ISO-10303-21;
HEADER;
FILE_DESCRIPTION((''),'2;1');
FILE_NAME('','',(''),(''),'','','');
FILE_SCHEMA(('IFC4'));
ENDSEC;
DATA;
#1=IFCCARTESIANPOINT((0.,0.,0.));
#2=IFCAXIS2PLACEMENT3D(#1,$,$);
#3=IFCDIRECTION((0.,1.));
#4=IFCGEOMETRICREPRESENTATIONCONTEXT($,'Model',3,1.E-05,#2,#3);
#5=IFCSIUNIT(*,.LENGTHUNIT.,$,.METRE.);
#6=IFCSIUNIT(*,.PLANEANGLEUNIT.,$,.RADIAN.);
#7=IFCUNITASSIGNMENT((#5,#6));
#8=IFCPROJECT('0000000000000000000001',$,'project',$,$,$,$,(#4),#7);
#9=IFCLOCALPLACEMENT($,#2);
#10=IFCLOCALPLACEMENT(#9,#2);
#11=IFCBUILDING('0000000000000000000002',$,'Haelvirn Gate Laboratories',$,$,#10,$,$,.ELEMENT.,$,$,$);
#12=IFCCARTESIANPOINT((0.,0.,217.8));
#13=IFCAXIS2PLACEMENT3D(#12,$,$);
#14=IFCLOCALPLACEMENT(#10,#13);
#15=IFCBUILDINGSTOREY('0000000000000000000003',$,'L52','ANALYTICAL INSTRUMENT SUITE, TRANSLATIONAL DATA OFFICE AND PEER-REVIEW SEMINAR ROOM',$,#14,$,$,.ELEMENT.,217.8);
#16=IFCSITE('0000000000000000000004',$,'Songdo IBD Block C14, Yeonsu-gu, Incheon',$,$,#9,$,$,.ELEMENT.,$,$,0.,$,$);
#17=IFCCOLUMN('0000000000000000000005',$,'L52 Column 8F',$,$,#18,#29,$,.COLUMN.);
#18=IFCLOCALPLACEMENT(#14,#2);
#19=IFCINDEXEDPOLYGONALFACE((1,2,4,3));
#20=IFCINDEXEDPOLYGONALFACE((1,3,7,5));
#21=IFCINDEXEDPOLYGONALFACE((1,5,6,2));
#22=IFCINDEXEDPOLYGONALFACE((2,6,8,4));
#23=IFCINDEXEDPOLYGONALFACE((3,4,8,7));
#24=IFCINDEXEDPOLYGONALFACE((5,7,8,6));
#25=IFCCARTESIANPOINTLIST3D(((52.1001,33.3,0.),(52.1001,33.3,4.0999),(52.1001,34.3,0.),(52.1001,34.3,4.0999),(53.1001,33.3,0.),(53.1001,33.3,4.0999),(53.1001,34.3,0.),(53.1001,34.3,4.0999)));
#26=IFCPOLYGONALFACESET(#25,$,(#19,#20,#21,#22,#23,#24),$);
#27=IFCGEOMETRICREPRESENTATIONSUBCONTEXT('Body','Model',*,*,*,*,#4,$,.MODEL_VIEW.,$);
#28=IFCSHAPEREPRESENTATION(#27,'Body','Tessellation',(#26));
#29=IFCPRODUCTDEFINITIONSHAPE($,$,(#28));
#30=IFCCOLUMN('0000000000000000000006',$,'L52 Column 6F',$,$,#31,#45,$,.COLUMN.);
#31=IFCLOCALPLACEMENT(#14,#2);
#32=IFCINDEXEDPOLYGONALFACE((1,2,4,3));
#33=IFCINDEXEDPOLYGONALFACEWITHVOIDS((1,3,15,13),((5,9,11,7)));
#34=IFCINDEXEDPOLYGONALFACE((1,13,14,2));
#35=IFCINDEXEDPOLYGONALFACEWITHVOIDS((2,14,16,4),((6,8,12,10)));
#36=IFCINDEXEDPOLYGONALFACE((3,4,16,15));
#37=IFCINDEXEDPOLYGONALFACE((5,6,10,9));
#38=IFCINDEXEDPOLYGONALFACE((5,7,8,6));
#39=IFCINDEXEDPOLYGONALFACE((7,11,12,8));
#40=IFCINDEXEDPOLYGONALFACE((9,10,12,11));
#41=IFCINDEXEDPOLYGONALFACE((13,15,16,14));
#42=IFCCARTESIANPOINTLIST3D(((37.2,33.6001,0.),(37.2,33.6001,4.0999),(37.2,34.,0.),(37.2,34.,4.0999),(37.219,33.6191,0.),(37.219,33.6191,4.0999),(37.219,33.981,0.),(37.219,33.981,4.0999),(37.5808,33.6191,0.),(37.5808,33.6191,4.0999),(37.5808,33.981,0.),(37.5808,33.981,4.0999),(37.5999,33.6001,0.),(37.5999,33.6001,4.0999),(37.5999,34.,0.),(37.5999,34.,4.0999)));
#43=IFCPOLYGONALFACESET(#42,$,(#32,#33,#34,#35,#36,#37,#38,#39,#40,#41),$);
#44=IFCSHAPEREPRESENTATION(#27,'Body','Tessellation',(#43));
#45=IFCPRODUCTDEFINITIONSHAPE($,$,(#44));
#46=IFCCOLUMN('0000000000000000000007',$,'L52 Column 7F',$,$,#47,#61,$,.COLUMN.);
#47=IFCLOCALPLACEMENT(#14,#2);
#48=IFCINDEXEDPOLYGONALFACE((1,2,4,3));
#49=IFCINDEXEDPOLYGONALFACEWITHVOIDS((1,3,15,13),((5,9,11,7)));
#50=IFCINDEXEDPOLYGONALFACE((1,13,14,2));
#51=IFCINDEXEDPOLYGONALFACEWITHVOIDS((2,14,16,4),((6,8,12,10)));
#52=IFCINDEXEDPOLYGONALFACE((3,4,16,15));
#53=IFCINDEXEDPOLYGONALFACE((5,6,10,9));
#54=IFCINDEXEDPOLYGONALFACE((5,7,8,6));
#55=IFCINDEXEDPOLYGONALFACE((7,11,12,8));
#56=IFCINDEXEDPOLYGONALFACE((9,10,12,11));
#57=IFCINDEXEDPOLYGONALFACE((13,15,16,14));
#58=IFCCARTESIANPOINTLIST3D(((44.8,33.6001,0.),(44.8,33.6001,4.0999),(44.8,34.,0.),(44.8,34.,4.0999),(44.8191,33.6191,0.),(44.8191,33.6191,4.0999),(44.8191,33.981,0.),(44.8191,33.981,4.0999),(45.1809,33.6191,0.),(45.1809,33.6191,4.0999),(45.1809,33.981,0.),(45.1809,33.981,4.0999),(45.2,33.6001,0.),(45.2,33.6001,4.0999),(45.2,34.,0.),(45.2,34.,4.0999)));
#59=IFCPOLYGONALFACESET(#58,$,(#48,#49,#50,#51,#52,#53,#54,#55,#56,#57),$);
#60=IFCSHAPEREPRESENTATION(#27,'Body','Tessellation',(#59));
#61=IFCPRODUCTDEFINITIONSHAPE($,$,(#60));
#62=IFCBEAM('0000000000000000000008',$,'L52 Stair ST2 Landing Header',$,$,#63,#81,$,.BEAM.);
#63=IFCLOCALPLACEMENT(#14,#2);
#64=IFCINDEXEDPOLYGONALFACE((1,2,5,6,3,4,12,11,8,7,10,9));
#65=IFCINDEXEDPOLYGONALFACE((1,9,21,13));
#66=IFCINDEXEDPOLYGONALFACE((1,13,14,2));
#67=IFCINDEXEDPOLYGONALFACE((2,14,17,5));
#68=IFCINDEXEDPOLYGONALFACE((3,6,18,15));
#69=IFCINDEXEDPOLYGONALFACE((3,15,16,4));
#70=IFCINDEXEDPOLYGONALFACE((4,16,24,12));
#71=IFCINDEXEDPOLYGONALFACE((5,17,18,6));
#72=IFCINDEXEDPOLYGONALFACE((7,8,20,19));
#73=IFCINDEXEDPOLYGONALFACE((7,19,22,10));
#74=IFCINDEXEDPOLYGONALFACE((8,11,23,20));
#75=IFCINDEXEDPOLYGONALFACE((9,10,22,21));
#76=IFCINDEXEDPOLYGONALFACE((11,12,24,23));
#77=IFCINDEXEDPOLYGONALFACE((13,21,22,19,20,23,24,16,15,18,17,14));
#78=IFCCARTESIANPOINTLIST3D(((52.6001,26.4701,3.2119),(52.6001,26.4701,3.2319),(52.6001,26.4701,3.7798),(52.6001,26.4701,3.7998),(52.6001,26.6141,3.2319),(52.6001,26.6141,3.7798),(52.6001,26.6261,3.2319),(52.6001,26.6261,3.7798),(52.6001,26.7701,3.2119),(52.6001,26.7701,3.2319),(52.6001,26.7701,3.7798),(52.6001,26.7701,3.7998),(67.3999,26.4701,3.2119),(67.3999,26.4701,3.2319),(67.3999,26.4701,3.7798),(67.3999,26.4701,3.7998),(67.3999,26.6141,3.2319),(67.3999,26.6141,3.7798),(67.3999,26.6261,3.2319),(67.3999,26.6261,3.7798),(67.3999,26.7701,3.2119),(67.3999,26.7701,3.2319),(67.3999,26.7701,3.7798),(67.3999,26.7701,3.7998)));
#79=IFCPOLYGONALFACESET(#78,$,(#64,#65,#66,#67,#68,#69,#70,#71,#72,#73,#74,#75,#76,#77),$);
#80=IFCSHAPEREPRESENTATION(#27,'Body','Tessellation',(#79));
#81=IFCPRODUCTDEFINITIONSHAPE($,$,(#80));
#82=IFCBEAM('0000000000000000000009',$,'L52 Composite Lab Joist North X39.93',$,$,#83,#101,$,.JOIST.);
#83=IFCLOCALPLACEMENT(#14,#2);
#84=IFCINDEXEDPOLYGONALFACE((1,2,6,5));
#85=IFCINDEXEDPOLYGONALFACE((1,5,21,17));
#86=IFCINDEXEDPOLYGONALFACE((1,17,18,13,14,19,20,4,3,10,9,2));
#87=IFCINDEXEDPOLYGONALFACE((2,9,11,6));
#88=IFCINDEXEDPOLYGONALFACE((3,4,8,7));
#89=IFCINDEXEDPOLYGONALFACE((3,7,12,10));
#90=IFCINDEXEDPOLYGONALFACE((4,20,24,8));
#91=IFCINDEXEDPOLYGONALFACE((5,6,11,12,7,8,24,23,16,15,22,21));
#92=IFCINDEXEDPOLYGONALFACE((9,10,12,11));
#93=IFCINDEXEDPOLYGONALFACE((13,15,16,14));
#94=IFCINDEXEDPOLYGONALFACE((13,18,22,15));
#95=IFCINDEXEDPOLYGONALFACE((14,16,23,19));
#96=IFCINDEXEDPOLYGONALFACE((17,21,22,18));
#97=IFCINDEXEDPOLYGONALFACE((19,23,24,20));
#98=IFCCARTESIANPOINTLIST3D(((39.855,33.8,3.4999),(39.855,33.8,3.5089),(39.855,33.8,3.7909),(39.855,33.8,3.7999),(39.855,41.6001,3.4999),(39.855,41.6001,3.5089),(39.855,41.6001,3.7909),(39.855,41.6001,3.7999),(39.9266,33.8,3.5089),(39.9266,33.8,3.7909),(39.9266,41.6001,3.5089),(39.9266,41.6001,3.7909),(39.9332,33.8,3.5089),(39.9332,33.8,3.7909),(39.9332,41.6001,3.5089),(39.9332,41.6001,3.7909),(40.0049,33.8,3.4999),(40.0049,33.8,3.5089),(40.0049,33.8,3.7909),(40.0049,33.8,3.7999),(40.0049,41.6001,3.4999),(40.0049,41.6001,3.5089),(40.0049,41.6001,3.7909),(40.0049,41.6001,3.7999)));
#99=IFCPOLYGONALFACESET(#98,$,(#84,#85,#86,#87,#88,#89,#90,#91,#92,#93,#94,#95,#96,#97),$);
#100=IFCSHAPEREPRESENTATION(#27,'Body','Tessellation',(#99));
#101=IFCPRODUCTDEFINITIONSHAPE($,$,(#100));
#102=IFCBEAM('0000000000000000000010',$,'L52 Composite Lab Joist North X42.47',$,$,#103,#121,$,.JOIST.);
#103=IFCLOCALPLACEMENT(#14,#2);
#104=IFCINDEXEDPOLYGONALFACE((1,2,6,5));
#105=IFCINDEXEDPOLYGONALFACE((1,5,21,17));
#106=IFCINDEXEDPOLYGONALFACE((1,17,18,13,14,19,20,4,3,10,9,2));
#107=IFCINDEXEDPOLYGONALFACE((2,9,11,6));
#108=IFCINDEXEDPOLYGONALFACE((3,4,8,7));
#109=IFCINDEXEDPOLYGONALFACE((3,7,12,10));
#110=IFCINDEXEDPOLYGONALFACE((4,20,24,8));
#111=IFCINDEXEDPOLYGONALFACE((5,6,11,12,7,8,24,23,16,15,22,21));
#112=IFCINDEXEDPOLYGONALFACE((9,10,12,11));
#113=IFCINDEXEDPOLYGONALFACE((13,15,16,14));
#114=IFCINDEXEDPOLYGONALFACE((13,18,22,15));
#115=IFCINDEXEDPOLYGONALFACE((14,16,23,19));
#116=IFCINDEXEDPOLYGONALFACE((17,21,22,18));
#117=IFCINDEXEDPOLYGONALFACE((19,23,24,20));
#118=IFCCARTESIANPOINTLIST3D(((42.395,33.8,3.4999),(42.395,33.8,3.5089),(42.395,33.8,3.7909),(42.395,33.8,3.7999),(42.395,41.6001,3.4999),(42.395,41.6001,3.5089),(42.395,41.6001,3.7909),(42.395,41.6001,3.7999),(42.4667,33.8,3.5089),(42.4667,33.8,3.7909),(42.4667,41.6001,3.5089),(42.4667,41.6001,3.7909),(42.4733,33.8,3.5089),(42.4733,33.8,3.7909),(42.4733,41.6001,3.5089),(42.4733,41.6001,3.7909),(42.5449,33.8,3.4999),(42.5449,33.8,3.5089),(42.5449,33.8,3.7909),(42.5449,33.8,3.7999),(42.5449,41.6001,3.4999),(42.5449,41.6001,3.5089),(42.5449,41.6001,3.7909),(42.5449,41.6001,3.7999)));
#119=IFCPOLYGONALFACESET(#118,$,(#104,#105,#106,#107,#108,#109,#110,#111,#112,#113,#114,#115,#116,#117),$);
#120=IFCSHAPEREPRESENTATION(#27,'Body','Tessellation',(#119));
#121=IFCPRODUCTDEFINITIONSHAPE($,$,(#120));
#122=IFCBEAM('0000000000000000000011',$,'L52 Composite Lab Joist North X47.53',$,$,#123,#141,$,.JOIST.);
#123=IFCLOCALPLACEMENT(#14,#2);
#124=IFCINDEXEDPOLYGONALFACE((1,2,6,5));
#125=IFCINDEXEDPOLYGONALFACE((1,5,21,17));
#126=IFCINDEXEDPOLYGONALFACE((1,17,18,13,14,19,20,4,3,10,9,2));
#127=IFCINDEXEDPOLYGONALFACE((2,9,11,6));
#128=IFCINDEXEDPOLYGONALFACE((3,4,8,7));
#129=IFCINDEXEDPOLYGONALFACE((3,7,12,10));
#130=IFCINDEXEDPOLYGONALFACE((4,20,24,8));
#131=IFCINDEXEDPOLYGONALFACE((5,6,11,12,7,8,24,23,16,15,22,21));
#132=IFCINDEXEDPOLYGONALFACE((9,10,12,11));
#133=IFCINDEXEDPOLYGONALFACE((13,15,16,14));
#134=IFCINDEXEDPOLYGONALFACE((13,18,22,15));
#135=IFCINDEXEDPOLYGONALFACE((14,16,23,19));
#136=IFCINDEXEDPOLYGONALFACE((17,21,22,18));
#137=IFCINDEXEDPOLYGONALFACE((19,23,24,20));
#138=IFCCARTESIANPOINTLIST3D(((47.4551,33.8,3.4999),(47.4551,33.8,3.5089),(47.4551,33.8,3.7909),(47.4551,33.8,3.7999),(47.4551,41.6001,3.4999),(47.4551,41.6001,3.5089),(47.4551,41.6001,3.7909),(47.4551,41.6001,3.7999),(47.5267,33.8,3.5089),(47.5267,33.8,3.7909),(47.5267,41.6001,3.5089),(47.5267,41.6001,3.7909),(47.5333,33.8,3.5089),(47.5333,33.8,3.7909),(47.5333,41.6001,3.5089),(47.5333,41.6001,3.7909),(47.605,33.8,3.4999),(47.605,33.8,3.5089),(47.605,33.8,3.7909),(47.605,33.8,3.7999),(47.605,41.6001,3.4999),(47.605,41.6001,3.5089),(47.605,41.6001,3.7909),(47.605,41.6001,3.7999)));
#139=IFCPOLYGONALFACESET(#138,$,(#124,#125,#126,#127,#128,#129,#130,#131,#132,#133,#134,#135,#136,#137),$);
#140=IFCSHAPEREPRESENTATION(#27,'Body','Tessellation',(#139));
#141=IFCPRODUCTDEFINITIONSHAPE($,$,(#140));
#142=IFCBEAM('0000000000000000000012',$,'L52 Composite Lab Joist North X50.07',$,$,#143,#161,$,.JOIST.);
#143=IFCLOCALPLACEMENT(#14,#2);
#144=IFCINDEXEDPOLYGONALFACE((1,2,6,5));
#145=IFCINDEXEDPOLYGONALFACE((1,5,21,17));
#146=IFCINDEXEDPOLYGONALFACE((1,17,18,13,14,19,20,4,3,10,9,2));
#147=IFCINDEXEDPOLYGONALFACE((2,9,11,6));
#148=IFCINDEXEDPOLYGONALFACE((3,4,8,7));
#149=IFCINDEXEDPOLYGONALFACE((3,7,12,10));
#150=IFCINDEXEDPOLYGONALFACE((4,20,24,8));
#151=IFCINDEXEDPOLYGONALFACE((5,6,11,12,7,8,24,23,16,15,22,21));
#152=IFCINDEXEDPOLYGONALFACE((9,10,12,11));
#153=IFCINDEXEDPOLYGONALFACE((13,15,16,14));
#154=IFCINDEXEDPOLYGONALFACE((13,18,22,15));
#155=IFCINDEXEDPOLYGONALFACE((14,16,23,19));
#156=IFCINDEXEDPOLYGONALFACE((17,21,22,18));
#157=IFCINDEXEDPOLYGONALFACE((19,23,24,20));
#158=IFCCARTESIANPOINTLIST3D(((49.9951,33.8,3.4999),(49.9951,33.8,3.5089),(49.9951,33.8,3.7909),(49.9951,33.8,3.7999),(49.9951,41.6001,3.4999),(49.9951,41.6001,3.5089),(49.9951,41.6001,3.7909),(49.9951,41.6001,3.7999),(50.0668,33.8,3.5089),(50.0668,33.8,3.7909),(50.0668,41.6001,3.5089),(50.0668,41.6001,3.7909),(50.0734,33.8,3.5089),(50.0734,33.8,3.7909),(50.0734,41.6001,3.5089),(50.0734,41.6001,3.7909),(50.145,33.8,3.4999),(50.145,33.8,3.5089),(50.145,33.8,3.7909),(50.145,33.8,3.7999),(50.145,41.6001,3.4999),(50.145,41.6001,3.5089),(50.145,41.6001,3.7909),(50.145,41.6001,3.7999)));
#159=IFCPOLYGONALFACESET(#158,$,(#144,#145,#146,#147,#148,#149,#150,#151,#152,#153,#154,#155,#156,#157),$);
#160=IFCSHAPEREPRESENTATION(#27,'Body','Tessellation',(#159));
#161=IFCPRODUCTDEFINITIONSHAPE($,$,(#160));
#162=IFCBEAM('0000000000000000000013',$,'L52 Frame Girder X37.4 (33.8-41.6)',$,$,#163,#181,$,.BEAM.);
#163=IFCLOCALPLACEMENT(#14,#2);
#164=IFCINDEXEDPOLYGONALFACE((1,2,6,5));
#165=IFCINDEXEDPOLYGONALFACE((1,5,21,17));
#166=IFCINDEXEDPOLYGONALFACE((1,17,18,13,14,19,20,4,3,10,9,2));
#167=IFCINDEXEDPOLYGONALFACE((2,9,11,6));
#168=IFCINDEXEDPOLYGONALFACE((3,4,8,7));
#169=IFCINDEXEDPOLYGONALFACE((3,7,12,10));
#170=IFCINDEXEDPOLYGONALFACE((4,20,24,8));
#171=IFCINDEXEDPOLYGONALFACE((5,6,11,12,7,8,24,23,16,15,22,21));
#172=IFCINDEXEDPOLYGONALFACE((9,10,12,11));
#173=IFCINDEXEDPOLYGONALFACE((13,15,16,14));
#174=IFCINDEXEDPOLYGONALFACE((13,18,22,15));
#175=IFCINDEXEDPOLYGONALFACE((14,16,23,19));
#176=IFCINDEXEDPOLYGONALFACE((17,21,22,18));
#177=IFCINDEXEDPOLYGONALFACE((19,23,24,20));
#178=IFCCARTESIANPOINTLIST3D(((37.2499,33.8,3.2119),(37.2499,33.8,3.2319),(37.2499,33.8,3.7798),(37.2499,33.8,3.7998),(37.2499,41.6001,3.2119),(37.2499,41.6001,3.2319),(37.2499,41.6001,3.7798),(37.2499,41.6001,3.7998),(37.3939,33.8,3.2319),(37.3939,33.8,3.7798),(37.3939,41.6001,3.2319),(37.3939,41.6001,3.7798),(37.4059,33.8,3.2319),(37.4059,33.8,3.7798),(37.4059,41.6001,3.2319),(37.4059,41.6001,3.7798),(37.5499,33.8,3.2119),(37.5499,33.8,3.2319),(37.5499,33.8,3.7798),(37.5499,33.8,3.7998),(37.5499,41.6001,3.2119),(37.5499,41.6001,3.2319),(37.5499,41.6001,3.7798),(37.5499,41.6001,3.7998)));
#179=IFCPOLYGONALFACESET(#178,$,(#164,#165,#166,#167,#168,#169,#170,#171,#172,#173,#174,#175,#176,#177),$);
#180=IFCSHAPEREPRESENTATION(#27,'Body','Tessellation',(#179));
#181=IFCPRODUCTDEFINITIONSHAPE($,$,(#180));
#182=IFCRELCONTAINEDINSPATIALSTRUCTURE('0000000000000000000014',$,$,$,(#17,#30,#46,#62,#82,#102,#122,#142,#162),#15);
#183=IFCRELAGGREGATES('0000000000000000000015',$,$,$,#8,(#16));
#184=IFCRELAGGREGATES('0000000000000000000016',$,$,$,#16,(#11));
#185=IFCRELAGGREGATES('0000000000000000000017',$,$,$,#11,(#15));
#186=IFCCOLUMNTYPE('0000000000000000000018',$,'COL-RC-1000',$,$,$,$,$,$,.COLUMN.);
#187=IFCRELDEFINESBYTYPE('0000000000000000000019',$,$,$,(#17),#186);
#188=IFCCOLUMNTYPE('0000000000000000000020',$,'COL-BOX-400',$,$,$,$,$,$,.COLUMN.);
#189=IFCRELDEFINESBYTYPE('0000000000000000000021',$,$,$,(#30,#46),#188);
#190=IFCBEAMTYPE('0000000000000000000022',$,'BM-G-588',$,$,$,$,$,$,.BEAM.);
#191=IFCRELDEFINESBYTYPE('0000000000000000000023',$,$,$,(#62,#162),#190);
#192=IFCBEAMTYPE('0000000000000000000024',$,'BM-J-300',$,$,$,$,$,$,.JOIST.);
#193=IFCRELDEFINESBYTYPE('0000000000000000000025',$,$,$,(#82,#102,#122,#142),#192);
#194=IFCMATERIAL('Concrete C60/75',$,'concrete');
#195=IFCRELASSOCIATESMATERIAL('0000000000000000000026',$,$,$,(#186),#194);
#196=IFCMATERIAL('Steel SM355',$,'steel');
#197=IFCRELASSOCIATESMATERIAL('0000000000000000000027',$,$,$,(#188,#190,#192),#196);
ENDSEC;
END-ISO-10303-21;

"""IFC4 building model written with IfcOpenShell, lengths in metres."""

from ifc_helpers import new_model, si_unit, direction, frame, origin, origin_2d, place, context, subcontext, project, spatial, rectangle, hollow_rectangle, i_section, extrude, source, transform, mapped, material, material_profile, profile_set, type_object, type_shapes, element, save


model = new_model("IFC4")

# Units and contexts
model_context = context("Model", 3, precision=1e-05, world=origin(), true_north=direction((0.0, 1.0)))
body_context = subcontext(model_context, "Body", "Model", "MODEL_VIEW")
ifc_project = project(units=[si_unit("LENGTHUNIT", "METRE"), si_unit("PLANEANGLEUNIT", "RADIAN")], contexts=[model_context])

# Site, building, storey
site_placement = place(None, origin())
site = spatial("IfcSite", under=ifc_project, at=site_placement, Name="Songdo IBD Block C14, Yeonsu-gu, Incheon", CompositionType="ELEMENT", RefElevation=0.0)
building_placement = place(site_placement, origin())
building = spatial("IfcBuilding", under=site, at=building_placement, Name="Haelvirn Gate Laboratories", CompositionType="ELEMENT")
storey_placement = place(building_placement, frame((0.0, 0.0, 217.8)))
storey = spatial("IfcBuildingStorey", under=building, at=storey_placement, Name="L52", Description="ANALYTICAL INSTRUMENT SUITE, TRANSLATIONAL DATA OFFICE AND PEER-REVIEW SEMINAR ROOM", CompositionType="ELEMENT", Elevation=217.8)

# Columns
ifc_material_1 = material(Name="Concrete C60/75", Category="concrete")
ifc_material_profile_1 = material_profile(ifc_material_1, rectangle(XDim=1.0, YDim=1.0, at=origin_2d()), Name="RC-1000x1000")
ifc_profile_set_1 = profile_set([ifc_material_profile_1], Name="Concrete C60/75")
column_type_1 = type_object("IfcColumnType", Name="COL-RC-1000", PredefinedType="COLUMN", material=ifc_profile_set_1)
shared_shape_1 = source(origin(), body_context, "Body", "SweptSolid", [
    extrude(rectangle(XDim=1.0, YDim=1.0, at=origin_2d()), origin(), (0.0, 0.0, 1.0), 4.0999),
])
type_shapes(column_type_1, [shared_shape_1])
column_placement = place(storey_placement, frame((52.6001, 33.8, 0.0), z_axis=(0.0, 0.0, 1.0), x_axis=(1.0, 0.0, 0.0)))
element("IfcColumn", 1, at=column_placement, inside=storey, type_object=column_type_1, Name="L52 Column 8F", PredefinedType="COLUMN", context=body_context, shape_type="MappedRepresentation", body=[
    mapped(shared_shape_1, transform((0.0, 0.0, 0.0), scale=1.0)),
])
ifc_material_2 = material(Name="Steel SM355", Category="steel")
ifc_material_profile_2 = material_profile(ifc_material_2, hollow_rectangle(XDim=0.3999, YDim=0.3999, WallThickness=0.019, at=origin_2d()), Name="BOX-400x400x19")
ifc_profile_set_2 = profile_set([ifc_material_profile_2], Name="Steel SM355")
column_type_2 = type_object("IfcColumnType", Name="COL-BOX-400", PredefinedType="COLUMN", material=ifc_profile_set_2)
shared_shape_2 = source(origin(), body_context, "Body", "SweptSolid", [
    extrude(hollow_rectangle(XDim=0.3999, YDim=0.3999, WallThickness=0.019, at=origin_2d()), origin(), (0.0, 0.0, 1.0), 4.0999),
])
type_shapes(column_type_2, [shared_shape_2])
for number, where, z_axis, x_axis, name in (
    (2, (37.3999, 33.8, 0.0), (0.0, 0.0, 1.0), (1.0, 0.0, 0.0), "L52 Column 6F"),
    (3, (45.0, 33.8, 0.0), (0.0, 0.0, 1.0), (1.0, 0.0, 0.0), "L52 Column 7F"),
):
    element("IfcColumn", number, at=place(storey_placement, frame(where, z_axis=z_axis, x_axis=x_axis)), inside=storey, type_object=column_type_2, Name=name, PredefinedType="COLUMN", context=body_context, shape_type="MappedRepresentation", body=[
        mapped(shared_shape_2, transform((0.0, 0.0, 0.0), scale=1.0)),
    ])

# Beams
ifc_material_profile_3 = material_profile(ifc_material_2, i_section(OverallWidth=0.3, OverallDepth=0.5879, WebThickness=0.012, FlangeThickness=0.02, at=origin_2d()), Name="H-588x300x12x20")
ifc_profile_set_3 = profile_set([ifc_material_profile_3], Name="Steel SM355")
beam_type_1 = type_object("IfcBeamType", Name="BM-G-588", PredefinedType="BEAM", material=ifc_profile_set_3)
shared_shape_3 = source(origin(), body_context, "Body", "SweptSolid", [
    extrude(i_section(OverallWidth=0.3, OverallDepth=0.5879, WebThickness=0.012, FlangeThickness=0.02, at=origin_2d()), origin(), (0.0, 0.0, 1.0), 14.7998),
])
beam_1_placement = place(storey_placement, frame((52.6001, 26.6201, 3.5059), z_axis=(1.0, 0.0, 0.0), x_axis=(0.0, 1.0, 0.0)))
element("IfcBeam", 4, at=beam_1_placement, inside=storey, type_object=beam_type_1, Name="L52 Stair ST2 Landing Header", PredefinedType="BEAM", context=body_context, shape_type="MappedRepresentation", body=[
    mapped(shared_shape_3, transform((0.0, 0.0, 0.0), scale=1.0)),
])
ifc_material_profile_4 = material_profile(ifc_material_2, i_section(OverallWidth=0.1499, OverallDepth=0.3, WebThickness=0.0066, FlangeThickness=0.009, at=origin_2d()), Name="H-300x150x6.5x9")
ifc_profile_set_4 = profile_set([ifc_material_profile_4], Name="Steel SM355")
beam_type_2 = type_object("IfcBeamType", Name="BM-J-300", PredefinedType="JOIST", material=ifc_profile_set_4)
shared_shape_4 = source(origin(), body_context, "Body", "SweptSolid", [
    extrude(i_section(OverallWidth=0.1499, OverallDepth=0.3, WebThickness=0.0066, FlangeThickness=0.009, at=origin_2d()), origin(), (0.0, 0.0, 1.0), 7.8),
])
type_shapes(beam_type_2, [shared_shape_4])
for number, where, z_axis, x_axis, name in (
    (5, (39.9299, 33.8, 3.6499), (0.0, 1.0, 0.0), (-1.0, 0.0, 0.0), "L52 Composite Lab Joist North X39.93"),
    (6, (42.47, 33.8, 3.6499), (0.0, 1.0, 0.0), (-1.0, 0.0, 0.0), "L52 Composite Lab Joist North X42.47"),
    (7, (47.53, 33.8, 3.6499), (0.0, 1.0, 0.0), (-1.0, 0.0, 0.0), "L52 Composite Lab Joist North X47.53"),
    (8, (50.0701, 33.8, 3.6499), (0.0, 1.0, 0.0), (-1.0, 0.0, 0.0), "L52 Composite Lab Joist North X50.07"),
):
    element("IfcBeam", number, at=place(storey_placement, frame(where, z_axis=z_axis, x_axis=x_axis)), inside=storey, type_object=beam_type_2, Name=name, PredefinedType="JOIST", context=body_context, shape_type="MappedRepresentation", body=[
        mapped(shared_shape_4, transform((0.0, 0.0, 0.0), scale=1.0)),
    ])
shared_shape_5 = source(origin(), body_context, "Body", "SweptSolid", [
    extrude(i_section(OverallWidth=0.3, OverallDepth=0.5879, WebThickness=0.012, FlangeThickness=0.02, at=origin_2d()), origin(), (0.0, 0.0, 1.0), 7.8),
])
type_shapes(beam_type_1, [shared_shape_3, shared_shape_5])
for number, where, z_axis, x_axis, name in (
    (9, (37.3999, 33.8, 3.5059), (0.0, 1.0, 0.0), (-1.0, 0.0, 0.0), "L52 Frame Girder X37.4 (33.8-41.6)"),
):
    element("IfcBeam", number, at=place(storey_placement, frame(where, z_axis=z_axis, x_axis=x_axis)), inside=storey, type_object=beam_type_1, Name=name, PredefinedType="BEAM", context=body_context, shape_type="MappedRepresentation", body=[
        mapped(shared_shape_5, transform((0.0, 0.0, 0.0), scale=1.0)),
    ])

save(model, "model.ifc")
